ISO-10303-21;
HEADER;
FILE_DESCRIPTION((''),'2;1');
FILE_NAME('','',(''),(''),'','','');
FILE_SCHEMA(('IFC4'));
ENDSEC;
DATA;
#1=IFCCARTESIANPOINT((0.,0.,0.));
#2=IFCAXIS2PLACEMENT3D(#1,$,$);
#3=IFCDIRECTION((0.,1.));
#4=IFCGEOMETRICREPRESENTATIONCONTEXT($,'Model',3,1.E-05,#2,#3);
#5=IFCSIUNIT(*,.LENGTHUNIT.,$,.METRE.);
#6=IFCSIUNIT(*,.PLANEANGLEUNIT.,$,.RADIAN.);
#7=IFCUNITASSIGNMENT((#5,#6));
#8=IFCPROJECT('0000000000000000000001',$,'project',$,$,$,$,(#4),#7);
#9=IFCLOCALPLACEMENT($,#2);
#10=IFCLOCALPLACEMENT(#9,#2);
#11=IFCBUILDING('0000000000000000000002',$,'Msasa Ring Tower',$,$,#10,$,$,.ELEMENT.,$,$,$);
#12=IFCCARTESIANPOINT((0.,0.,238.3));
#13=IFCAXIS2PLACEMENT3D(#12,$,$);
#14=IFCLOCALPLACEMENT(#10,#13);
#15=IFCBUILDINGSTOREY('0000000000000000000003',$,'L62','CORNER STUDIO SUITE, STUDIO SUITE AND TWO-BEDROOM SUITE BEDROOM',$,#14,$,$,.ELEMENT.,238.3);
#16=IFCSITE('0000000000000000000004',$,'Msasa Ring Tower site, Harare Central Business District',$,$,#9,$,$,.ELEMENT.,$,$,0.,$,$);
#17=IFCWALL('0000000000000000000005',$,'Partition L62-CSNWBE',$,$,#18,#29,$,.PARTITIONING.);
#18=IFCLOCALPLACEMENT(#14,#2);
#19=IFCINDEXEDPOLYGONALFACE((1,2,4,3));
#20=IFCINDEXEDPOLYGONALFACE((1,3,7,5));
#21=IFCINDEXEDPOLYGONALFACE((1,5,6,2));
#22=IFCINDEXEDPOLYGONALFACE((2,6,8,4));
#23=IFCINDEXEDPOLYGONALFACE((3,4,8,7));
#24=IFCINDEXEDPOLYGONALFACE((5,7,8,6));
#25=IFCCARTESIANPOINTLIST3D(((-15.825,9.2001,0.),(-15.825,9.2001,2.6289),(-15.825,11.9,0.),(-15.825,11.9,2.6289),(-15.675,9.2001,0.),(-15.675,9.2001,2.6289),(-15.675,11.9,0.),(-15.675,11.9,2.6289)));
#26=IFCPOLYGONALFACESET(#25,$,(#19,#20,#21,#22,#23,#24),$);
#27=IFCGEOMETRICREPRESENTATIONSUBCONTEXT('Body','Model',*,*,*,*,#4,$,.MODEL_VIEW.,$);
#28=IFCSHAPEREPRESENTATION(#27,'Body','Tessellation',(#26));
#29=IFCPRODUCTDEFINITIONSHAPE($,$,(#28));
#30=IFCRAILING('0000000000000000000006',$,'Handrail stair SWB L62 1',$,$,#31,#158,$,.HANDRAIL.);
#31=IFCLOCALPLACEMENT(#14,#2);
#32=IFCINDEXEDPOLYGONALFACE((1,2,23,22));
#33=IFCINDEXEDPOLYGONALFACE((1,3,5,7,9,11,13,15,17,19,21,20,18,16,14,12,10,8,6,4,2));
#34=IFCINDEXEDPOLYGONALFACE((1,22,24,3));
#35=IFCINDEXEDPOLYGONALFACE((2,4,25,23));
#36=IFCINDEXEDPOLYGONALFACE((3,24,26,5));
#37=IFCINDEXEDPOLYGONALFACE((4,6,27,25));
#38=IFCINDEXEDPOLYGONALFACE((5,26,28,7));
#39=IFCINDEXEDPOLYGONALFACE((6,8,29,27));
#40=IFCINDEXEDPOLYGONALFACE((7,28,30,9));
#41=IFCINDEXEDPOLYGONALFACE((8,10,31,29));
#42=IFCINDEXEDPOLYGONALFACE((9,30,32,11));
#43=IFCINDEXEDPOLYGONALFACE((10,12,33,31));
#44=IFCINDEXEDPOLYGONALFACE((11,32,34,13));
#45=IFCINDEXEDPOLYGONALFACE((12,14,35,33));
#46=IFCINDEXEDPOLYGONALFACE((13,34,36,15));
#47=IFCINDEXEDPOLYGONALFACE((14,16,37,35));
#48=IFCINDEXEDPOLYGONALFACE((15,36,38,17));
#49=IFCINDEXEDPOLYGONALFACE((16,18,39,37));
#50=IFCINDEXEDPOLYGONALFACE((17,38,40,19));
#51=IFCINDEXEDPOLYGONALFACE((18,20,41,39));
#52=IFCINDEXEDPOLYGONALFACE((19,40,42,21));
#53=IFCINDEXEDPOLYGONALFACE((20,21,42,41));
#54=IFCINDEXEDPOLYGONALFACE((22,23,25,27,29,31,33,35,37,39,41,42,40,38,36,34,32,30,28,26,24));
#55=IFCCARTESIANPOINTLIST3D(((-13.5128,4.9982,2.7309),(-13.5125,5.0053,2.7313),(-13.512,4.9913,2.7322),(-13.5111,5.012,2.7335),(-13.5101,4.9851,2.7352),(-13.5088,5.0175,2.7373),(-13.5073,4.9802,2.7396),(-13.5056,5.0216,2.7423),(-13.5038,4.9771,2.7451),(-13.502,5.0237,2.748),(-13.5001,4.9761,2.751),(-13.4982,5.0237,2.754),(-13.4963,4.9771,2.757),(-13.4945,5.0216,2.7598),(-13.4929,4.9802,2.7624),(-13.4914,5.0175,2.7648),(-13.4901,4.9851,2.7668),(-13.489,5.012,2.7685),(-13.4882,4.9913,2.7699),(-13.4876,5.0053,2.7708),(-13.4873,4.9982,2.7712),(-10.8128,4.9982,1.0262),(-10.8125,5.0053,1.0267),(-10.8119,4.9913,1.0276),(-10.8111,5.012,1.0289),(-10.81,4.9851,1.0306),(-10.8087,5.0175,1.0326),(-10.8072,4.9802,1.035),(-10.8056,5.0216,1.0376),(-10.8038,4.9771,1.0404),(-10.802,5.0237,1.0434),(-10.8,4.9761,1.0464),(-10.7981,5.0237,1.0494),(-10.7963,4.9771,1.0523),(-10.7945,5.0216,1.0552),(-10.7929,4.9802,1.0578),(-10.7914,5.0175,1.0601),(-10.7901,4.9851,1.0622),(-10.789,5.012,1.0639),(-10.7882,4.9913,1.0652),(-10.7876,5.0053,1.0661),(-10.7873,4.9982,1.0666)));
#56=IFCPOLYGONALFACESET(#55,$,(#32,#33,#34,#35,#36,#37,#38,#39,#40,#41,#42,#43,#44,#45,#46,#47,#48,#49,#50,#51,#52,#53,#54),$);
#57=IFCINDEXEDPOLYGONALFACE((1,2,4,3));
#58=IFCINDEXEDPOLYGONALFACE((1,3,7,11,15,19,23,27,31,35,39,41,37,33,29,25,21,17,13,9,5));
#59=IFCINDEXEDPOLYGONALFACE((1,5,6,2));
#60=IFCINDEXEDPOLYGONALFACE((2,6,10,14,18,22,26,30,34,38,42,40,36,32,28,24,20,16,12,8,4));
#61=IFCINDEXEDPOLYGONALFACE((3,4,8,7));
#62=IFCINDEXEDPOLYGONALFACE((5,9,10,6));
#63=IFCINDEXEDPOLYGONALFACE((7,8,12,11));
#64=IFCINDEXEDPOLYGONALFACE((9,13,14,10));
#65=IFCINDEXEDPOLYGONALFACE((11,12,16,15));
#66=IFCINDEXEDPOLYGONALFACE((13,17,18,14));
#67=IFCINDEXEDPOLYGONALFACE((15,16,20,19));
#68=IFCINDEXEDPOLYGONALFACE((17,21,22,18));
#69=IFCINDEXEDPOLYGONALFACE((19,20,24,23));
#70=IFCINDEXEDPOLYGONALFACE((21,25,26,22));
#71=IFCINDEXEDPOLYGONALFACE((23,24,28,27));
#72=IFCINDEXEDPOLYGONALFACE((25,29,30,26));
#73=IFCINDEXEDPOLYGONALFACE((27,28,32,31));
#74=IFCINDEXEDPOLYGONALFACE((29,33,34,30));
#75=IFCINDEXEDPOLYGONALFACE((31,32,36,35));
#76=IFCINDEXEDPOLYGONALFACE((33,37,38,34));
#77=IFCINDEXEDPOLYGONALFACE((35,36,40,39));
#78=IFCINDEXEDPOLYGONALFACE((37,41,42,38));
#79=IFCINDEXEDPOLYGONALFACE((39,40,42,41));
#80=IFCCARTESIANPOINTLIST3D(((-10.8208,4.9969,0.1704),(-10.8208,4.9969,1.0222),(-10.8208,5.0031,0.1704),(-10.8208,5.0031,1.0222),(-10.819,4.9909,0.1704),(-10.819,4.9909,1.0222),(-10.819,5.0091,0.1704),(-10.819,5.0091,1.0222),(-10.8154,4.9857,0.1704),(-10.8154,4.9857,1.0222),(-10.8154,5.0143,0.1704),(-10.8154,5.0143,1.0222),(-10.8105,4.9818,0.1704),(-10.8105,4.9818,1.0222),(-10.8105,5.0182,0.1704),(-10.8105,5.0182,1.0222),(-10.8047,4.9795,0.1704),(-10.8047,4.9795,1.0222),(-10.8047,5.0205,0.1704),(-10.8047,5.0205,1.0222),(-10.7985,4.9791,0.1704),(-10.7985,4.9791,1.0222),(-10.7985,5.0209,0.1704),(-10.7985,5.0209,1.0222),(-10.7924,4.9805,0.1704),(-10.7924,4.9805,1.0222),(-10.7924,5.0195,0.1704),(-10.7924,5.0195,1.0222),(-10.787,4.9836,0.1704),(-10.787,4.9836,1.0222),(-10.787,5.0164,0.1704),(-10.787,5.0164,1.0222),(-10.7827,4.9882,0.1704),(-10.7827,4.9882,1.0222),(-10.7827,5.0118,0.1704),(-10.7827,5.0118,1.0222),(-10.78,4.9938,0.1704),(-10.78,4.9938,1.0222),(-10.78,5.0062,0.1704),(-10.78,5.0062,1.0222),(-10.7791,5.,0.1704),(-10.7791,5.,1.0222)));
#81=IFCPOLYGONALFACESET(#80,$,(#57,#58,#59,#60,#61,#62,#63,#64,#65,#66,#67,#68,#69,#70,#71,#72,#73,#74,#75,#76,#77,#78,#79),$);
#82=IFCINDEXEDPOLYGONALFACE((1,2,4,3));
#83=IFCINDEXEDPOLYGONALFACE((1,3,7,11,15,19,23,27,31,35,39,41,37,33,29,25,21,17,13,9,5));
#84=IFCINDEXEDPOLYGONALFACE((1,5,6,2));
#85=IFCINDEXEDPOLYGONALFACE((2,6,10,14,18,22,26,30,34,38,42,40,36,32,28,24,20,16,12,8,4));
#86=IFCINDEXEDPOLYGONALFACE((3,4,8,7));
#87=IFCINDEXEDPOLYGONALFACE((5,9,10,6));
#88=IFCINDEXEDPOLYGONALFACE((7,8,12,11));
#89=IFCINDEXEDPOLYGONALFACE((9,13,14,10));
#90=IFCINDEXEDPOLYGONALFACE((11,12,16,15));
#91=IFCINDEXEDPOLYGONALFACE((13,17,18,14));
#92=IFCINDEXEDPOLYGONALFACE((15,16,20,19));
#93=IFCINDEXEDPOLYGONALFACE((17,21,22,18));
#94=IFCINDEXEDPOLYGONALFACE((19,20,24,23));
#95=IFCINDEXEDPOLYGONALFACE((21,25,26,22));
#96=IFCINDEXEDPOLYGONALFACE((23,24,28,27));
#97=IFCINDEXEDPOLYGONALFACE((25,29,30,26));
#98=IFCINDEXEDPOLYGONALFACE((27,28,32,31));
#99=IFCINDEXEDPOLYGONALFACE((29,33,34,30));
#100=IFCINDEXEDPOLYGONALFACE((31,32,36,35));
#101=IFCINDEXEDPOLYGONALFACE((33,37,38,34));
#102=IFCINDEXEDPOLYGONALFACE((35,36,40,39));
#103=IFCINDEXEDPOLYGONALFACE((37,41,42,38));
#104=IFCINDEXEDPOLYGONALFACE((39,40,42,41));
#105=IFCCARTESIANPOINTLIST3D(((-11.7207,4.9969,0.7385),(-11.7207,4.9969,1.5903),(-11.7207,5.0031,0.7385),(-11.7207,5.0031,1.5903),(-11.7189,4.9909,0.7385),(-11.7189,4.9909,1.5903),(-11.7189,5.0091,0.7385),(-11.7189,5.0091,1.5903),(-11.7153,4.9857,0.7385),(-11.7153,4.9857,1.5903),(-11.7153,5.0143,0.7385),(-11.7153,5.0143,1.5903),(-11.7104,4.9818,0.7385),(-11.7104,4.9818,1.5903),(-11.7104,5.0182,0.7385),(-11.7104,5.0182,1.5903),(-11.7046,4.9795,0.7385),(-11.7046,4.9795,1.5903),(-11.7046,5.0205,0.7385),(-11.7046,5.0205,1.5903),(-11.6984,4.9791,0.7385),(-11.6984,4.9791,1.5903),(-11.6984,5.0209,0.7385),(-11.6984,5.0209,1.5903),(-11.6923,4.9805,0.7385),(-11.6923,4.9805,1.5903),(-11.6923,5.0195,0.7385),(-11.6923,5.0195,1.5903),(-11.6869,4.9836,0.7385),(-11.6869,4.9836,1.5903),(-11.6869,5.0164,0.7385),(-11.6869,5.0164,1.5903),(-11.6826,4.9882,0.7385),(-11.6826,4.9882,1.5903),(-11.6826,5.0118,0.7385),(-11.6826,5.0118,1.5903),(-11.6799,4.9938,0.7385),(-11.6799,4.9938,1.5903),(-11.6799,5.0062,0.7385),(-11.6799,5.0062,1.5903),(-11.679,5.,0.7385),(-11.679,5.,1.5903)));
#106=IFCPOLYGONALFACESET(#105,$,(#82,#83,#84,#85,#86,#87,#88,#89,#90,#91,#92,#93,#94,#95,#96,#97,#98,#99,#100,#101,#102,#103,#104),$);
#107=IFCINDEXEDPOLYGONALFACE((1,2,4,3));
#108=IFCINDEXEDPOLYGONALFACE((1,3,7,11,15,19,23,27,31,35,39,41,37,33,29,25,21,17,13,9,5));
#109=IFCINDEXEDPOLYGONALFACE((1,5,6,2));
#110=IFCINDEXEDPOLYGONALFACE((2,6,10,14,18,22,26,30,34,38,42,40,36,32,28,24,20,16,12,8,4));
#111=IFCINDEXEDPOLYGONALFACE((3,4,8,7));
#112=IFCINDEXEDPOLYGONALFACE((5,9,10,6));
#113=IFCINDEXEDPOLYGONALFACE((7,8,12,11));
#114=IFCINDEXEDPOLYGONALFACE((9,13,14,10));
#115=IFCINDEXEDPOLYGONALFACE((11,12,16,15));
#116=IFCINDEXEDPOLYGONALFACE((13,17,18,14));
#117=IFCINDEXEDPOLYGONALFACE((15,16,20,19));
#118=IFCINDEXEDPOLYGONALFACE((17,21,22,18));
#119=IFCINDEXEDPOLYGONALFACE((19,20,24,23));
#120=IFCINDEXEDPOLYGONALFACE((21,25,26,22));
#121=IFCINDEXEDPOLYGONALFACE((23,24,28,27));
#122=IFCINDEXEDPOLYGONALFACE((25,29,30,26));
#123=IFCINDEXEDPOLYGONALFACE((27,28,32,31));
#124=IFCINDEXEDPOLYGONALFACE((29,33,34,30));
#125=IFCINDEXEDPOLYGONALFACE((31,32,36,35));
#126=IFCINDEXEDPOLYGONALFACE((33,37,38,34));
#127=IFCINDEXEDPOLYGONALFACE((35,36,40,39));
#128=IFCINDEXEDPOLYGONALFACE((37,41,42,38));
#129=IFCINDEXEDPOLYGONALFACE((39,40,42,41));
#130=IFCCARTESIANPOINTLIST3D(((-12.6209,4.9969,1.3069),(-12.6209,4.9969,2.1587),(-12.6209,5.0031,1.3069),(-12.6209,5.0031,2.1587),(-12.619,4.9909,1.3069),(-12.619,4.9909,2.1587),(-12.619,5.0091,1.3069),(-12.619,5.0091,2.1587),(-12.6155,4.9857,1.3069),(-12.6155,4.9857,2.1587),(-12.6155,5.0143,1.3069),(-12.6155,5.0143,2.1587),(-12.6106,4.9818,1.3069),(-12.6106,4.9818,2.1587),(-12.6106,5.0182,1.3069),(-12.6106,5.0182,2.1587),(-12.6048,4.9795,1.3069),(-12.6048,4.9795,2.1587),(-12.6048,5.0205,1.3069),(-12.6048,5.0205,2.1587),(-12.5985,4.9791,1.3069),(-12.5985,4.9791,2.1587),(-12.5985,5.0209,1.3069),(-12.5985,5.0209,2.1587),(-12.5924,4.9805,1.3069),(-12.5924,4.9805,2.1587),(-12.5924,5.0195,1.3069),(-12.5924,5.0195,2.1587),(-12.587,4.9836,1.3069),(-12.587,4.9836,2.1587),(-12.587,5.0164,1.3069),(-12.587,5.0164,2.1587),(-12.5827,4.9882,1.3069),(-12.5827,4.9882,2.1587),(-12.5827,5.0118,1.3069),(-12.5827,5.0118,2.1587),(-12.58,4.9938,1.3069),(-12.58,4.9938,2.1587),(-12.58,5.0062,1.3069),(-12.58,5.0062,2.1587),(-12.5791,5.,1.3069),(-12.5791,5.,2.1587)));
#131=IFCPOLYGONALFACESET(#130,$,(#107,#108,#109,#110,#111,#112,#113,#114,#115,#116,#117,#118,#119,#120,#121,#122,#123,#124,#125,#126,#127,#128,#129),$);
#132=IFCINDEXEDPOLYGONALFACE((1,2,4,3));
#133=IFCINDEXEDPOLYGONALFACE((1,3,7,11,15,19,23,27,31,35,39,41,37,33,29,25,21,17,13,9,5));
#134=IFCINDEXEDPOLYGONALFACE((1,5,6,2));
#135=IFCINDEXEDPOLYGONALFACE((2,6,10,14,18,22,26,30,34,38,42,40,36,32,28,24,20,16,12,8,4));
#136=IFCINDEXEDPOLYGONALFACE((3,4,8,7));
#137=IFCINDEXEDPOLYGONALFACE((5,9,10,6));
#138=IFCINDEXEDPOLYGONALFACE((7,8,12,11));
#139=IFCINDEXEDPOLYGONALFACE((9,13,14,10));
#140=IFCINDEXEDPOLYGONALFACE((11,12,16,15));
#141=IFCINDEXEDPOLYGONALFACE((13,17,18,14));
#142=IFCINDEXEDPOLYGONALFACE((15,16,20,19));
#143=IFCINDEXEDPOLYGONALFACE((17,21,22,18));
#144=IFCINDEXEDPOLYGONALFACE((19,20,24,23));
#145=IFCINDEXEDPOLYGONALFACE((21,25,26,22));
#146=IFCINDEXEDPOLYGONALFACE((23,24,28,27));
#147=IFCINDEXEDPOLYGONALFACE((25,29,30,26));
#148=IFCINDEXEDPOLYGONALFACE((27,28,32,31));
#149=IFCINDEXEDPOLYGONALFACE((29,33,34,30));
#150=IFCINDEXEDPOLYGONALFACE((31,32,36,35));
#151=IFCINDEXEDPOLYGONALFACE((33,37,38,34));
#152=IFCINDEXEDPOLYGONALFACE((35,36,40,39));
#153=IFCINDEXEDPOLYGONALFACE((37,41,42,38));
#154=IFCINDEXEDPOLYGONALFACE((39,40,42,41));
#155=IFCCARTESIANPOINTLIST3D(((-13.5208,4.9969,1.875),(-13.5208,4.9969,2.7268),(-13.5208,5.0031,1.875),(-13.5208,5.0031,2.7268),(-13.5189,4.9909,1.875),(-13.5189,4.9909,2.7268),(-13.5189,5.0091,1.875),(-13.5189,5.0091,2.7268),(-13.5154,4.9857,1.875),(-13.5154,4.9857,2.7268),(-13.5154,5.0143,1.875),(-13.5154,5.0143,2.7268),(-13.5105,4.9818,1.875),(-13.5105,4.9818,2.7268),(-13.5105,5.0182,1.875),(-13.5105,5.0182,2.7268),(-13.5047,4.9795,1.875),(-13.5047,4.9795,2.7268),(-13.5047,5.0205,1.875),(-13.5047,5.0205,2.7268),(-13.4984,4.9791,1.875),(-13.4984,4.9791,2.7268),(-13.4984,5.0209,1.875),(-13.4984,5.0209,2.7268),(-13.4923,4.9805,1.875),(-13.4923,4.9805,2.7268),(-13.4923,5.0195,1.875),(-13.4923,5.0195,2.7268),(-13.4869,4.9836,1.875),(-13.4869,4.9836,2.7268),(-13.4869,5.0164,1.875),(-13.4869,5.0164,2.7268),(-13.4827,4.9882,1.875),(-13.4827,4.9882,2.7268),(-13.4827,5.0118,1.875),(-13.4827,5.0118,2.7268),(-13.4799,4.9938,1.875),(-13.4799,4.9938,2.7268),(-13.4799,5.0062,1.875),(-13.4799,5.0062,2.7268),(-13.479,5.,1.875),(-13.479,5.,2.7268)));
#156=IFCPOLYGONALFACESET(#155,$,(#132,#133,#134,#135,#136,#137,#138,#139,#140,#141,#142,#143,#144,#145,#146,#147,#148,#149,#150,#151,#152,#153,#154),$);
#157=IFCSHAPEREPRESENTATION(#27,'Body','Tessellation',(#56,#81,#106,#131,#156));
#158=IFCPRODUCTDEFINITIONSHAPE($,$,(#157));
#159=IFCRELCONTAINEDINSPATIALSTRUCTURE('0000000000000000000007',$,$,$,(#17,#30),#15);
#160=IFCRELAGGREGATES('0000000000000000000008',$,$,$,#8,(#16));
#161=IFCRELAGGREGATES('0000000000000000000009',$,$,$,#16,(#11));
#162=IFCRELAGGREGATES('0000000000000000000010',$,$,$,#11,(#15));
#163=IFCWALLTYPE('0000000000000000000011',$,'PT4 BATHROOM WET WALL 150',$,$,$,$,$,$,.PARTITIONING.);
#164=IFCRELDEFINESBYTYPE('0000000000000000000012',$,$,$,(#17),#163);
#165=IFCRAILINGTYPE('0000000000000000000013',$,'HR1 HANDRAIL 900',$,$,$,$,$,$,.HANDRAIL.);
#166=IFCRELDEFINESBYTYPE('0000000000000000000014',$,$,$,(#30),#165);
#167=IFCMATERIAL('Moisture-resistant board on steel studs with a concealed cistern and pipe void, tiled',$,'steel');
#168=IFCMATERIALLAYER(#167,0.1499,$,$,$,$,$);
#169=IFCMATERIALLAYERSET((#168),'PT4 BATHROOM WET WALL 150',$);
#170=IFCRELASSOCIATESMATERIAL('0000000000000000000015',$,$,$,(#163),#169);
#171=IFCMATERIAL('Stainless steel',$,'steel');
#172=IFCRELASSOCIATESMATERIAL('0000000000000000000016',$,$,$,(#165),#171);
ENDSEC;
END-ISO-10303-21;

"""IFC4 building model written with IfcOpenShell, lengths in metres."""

from ifc_helpers import new_model, si_unit, direction, frame, frame_2d, origin, origin_2d, place, context, subcontext, project, spatial, rectangle, circle, extrude, material, layer, layer_set, type_object, element, save


model = new_model("IFC4")

# Units and contexts
model_context = context("Model", 3, precision=1e-05, world=origin(), true_north=direction((0.0, 1.0)))
body_context = subcontext(model_context, "Body", "Model", "MODEL_VIEW")
ifc_project = project(units=[si_unit("LENGTHUNIT", "METRE"), si_unit("PLANEANGLEUNIT", "RADIAN")], contexts=[model_context])

# Site, building, storey
site_placement = place(None, origin())
site = spatial("IfcSite", under=ifc_project, at=site_placement, Name="Msasa Ring Tower site, Harare Central Business District", CompositionType="ELEMENT", RefElevation=0.0)
building_placement = place(site_placement, origin())
building = spatial("IfcBuilding", under=site, at=building_placement, Name="Msasa Ring Tower", CompositionType="ELEMENT")
storey_placement = place(building_placement, frame((0.0, 0.0, 238.3)))
storey = spatial("IfcBuildingStorey", under=building, at=storey_placement, Name="L62", Description="CORNER STUDIO SUITE, STUDIO SUITE AND TWO-BEDROOM SUITE BEDROOM", CompositionType="ELEMENT", Elevation=238.3)

# Wall
ifc_material_1 = material(Name="Moisture-resistant board on steel studs with a concealed cistern and pipe void, tiled", Category="steel")
ifc_layer_1 = layer(ifc_material_1, 0.1499)
ifc_layer_set_1 = layer_set([ifc_layer_1], Name="PT4 BATHROOM WET WALL 150")
wall_type_1 = type_object("IfcWallType", Name="PT4 BATHROOM WET WALL 150", PredefinedType="PARTITIONING", material=ifc_layer_set_1)
wall_1_placement = place(storey_placement, frame((-15.75, 9.2, 0.0), z_axis=(0.0, 0.0, 1.0), x_axis=(0.0, 1.0, 0.0)))
element("IfcWall", 1, at=wall_1_placement, inside=storey, type_object=wall_type_1, Name="Partition L62-CSNWBE", PredefinedType="PARTITIONING", context=body_context, shape_type="SweptSolid", body=[
    extrude(rectangle(XDim=2.7, YDim=0.1499, at=frame_2d((1.3501, 0.0))), origin(), (0.0, 0.0, 1.0), 2.6289),
])

# Railing
ifc_material_2 = material(Name="Stainless steel", Category="steel")
railing_type = type_object("IfcRailingType", Name="HR1 HANDRAIL 900", PredefinedType="HANDRAIL", material=ifc_material_2)
railing_placement = place(storey_placement, frame((-10.8, 5.0, 0.1704)))
element("IfcRailing", 2, at=railing_placement, inside=storey, type_object=railing_type, Name="Handrail stair SWB L62 1", PredefinedType="HANDRAIL", context=body_context, shape_type="SweptSolid", body=[
    extrude(circle(Radius=0.0239, at=origin_2d()), frame((0.0, 0.0, 0.876), z_axis=(-0.84558, 0.0, 0.533849), x_axis=(0.0, -1.0, 0.0)), (0.0, 0.0, 1.0), 3.1931),
    extrude(circle(Radius=0.021, at=origin_2d()), origin(), (0.0, 0.0, 1.0), 0.8518),
    extrude(circle(Radius=0.021, at=origin_2d()), frame((-0.8999, 0.0, 0.5681)), (0.0, 0.0, 1.0), 0.8518),
    extrude(circle(Radius=0.021, at=origin_2d()), frame((-1.8, 0.0, 1.1365)), (0.0, 0.0, 1.0), 0.8518),
    extrude(circle(Radius=0.021, at=origin_2d()), frame((-2.7, 0.0, 1.7046)), (0.0, 0.0, 1.0), 0.8518),
])

save(model, "model.ifc")
